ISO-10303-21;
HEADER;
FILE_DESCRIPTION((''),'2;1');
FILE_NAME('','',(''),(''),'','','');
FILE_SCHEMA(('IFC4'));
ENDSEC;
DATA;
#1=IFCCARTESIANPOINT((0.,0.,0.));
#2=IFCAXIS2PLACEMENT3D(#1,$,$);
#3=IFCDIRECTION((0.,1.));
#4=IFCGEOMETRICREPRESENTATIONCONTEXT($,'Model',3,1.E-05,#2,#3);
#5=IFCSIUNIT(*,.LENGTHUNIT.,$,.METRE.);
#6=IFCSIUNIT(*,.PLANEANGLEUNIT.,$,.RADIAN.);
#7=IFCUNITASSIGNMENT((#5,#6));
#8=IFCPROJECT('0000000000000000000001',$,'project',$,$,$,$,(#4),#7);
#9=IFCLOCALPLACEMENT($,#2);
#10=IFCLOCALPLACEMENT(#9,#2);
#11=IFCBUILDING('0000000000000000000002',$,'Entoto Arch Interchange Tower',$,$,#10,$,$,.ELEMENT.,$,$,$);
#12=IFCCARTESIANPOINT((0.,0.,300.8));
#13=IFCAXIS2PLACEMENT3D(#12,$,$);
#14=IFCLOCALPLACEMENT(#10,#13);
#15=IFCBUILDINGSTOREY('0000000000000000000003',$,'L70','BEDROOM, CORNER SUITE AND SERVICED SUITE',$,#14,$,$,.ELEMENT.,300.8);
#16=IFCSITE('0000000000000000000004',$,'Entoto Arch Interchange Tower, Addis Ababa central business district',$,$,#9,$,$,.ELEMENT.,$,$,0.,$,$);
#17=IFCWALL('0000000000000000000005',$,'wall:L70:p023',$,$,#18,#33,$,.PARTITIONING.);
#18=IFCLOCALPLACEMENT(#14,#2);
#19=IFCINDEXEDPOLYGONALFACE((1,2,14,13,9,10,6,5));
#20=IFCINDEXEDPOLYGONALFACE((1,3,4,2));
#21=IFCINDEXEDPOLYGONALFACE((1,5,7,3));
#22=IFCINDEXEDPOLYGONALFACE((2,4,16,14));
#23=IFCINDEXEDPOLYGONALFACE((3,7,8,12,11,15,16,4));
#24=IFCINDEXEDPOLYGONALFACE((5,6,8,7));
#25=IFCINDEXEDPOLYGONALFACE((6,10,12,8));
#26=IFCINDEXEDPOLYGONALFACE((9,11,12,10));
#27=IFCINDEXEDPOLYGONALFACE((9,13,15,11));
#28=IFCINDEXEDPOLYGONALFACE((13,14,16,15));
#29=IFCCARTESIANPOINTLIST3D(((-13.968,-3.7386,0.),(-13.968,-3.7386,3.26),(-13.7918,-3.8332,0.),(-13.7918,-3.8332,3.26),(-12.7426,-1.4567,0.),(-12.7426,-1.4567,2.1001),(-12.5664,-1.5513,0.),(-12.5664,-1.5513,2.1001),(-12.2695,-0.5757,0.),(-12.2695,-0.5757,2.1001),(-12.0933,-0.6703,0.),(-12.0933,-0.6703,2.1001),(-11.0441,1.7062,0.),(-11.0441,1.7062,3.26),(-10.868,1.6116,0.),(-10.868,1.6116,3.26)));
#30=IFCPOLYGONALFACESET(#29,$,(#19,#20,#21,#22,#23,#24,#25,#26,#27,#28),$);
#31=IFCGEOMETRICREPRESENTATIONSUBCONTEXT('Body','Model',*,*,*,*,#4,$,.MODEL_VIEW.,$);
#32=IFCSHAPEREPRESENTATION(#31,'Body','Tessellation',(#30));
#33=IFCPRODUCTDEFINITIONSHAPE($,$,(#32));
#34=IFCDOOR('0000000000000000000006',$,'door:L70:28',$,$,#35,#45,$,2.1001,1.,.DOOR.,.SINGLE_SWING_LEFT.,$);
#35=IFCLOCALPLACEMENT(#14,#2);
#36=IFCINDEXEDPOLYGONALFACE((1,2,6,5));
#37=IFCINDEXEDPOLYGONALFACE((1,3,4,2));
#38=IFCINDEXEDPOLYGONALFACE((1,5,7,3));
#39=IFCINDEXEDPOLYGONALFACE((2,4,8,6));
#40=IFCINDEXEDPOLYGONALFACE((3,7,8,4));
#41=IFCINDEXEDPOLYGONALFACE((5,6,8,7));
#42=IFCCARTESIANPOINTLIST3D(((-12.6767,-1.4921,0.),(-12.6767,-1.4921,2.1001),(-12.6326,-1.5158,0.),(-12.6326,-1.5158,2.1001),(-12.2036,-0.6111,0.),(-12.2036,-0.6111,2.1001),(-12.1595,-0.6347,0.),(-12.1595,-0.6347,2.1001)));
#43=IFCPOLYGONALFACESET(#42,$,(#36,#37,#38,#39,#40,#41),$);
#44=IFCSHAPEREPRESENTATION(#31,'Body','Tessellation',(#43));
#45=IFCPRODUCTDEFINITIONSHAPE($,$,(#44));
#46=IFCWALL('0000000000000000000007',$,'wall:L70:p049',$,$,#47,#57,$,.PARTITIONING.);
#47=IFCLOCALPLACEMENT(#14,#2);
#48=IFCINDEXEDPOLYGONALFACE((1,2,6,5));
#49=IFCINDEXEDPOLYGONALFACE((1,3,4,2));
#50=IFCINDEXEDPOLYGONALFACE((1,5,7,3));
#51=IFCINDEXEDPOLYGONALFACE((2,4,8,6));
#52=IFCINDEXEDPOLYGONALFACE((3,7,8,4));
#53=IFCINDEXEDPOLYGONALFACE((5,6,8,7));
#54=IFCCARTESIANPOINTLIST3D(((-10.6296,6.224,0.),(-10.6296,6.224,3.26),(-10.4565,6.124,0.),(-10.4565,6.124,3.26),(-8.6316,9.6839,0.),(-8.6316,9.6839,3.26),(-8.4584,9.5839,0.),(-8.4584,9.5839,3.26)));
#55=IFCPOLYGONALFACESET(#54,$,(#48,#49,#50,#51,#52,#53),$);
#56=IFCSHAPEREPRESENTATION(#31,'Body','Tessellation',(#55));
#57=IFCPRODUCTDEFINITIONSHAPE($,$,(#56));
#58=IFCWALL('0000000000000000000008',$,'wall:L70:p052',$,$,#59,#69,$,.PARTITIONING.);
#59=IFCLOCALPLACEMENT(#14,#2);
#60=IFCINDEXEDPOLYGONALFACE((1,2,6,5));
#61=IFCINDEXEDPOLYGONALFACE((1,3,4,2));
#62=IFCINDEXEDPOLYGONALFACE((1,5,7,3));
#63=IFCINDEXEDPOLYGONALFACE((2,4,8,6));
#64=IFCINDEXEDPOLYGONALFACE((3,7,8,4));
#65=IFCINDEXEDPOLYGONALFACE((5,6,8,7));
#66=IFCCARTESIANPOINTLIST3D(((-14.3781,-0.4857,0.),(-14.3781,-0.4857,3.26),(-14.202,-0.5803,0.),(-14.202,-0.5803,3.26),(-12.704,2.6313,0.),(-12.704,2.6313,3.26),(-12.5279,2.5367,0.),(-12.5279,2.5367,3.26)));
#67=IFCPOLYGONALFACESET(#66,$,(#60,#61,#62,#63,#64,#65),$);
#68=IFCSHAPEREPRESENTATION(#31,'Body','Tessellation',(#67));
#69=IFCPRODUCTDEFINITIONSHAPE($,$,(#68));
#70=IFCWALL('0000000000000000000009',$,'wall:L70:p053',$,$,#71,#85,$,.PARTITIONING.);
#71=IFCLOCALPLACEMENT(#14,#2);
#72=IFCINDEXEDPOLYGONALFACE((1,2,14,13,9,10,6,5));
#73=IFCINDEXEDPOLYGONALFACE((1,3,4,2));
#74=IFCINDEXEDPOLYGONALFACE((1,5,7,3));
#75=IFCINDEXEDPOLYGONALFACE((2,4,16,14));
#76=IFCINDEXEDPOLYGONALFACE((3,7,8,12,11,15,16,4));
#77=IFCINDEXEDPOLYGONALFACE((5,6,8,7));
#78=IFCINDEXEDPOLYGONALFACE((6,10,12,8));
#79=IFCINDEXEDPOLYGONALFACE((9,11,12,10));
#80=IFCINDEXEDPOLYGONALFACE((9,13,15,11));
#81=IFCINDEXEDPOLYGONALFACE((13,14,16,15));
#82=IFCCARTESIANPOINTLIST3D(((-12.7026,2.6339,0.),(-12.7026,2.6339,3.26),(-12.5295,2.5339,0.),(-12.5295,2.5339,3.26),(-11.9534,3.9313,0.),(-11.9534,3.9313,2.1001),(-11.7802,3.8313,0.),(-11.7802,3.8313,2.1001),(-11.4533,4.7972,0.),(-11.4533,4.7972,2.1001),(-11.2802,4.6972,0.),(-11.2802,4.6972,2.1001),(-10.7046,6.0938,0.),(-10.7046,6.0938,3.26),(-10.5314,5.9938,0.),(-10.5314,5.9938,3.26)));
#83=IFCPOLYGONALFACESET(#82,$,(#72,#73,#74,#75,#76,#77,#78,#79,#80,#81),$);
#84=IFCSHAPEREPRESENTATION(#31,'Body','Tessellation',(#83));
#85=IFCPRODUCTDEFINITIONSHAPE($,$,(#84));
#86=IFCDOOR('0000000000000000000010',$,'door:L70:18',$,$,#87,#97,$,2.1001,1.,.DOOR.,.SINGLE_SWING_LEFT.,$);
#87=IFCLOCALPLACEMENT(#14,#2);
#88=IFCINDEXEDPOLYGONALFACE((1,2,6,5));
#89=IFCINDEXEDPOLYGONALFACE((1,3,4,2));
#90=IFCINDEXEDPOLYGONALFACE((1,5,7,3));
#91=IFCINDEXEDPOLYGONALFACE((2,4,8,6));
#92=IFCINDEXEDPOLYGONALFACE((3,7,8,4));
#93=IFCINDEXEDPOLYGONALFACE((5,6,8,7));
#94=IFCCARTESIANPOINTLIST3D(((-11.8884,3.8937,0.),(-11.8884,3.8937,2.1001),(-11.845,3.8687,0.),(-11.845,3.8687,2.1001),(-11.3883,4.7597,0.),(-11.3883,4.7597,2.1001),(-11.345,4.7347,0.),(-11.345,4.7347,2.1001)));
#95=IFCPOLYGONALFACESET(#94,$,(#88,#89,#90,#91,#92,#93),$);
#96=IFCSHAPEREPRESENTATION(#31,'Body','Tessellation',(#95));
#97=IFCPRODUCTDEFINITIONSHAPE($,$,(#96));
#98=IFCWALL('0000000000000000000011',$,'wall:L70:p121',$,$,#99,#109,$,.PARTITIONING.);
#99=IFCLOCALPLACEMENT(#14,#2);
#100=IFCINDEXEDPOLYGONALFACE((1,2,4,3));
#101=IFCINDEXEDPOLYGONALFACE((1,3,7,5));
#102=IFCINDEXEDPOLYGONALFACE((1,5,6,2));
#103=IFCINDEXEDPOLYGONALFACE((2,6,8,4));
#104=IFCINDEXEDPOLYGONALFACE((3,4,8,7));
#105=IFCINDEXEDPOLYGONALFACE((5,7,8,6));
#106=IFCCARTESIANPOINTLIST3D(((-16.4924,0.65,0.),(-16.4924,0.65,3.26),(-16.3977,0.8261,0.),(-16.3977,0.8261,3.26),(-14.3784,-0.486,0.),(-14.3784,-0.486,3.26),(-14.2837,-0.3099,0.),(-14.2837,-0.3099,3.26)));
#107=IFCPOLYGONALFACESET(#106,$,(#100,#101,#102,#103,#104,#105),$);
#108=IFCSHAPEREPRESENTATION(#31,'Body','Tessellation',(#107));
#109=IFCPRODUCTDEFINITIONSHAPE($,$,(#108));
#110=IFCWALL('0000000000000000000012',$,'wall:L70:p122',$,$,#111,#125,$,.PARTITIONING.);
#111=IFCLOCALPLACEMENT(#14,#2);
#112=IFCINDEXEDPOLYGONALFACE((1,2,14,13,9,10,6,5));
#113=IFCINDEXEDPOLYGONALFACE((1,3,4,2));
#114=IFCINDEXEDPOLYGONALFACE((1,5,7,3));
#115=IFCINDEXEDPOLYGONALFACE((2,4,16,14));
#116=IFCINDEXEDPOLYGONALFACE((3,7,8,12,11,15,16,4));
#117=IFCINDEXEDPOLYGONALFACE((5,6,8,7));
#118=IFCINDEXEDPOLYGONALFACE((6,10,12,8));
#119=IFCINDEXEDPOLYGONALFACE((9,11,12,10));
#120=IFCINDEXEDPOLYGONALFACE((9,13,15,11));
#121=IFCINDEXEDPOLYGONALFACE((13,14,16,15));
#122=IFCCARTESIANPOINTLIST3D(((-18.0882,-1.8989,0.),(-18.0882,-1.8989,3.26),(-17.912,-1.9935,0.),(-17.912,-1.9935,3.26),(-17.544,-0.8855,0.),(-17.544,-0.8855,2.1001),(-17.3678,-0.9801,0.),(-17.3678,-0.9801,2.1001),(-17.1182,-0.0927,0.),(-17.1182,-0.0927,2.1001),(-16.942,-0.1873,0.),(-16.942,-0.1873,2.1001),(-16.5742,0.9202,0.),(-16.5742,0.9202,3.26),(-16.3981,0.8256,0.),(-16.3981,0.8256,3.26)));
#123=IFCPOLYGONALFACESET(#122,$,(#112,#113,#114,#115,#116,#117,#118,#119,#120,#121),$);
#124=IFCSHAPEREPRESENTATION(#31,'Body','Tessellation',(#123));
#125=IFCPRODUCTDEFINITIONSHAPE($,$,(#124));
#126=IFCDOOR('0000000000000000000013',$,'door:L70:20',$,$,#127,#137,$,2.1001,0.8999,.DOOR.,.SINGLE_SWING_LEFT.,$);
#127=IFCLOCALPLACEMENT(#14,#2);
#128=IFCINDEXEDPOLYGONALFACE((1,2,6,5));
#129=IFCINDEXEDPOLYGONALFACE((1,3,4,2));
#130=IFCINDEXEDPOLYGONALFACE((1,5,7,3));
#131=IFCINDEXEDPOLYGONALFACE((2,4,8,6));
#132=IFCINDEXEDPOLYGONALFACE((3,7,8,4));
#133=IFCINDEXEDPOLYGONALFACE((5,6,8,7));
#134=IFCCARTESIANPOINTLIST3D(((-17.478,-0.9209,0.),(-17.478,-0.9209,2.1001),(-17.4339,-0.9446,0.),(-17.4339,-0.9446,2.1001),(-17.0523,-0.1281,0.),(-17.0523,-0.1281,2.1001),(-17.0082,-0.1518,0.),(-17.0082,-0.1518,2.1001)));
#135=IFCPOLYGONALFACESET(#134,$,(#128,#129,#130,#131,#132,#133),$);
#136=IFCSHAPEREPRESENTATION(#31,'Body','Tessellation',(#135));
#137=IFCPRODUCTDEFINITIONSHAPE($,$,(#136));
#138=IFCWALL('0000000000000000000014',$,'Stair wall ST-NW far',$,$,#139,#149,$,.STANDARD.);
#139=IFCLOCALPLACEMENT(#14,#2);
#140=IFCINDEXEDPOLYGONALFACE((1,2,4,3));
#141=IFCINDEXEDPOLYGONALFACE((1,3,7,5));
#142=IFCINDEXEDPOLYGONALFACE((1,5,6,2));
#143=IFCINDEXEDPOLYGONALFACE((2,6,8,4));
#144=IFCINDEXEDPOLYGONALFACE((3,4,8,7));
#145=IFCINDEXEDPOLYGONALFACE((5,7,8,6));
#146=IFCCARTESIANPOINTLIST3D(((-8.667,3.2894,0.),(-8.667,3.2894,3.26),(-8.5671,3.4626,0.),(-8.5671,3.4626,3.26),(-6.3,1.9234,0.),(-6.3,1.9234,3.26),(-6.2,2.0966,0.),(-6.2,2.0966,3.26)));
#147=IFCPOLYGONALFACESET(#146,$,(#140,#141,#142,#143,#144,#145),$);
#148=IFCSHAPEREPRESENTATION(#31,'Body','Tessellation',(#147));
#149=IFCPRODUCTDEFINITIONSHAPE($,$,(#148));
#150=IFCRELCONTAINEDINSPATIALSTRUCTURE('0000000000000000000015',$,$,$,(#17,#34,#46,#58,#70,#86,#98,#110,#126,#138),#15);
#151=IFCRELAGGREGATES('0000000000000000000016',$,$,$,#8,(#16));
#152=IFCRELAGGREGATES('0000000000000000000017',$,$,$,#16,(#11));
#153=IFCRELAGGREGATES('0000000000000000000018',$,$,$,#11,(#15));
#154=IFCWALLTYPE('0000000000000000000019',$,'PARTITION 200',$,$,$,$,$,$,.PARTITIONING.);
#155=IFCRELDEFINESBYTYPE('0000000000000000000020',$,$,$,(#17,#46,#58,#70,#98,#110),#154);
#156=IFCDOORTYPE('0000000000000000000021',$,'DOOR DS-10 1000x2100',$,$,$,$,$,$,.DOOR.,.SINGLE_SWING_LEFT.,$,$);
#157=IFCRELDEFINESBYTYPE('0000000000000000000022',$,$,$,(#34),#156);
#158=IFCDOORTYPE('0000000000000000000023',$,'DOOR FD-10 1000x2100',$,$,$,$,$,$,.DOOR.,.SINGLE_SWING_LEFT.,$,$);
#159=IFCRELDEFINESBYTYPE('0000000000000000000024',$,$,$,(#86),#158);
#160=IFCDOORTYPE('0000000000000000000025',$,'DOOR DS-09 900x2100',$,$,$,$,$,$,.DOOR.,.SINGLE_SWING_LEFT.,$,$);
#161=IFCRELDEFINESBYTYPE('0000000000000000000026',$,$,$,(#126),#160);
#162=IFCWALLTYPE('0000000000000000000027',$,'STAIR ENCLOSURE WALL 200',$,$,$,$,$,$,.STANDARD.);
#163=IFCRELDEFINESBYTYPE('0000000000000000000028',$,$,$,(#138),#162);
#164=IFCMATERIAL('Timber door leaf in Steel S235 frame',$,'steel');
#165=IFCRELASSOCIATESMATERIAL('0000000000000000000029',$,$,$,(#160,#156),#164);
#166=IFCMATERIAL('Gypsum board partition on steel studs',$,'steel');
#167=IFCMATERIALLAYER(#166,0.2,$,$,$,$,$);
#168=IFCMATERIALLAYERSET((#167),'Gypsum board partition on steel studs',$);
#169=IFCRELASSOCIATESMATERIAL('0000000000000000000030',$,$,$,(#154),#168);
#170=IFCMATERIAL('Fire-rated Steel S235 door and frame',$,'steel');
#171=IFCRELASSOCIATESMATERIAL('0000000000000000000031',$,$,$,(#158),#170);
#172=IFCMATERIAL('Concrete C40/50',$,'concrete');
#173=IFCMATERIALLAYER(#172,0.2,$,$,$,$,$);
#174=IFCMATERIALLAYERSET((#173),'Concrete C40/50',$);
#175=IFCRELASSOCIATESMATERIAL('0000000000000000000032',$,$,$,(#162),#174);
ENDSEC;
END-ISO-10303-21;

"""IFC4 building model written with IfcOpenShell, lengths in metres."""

from ifc_helpers import new_model, si_unit, direction, frame, frame_2d, origin, place, context, subcontext, project, spatial, rectangle, extrude, material, layer, layer_set, type_object, element, fill, save


model = new_model("IFC4")

# Units and contexts
model_context = context("Model", 3, precision=1e-05, world=origin(), true_north=direction((0.0, 1.0)))
body_context = subcontext(model_context, "Body", "Model", "MODEL_VIEW")
ifc_project = project(units=[si_unit("LENGTHUNIT", "METRE"), si_unit("PLANEANGLEUNIT", "RADIAN")], contexts=[model_context])

# Site, building, storey
site_placement = place(None, origin())
site = spatial("IfcSite", under=ifc_project, at=site_placement, Name="Entoto Arch Interchange Tower, Addis Ababa central business district", CompositionType="ELEMENT", RefElevation=0.0)
building_placement = place(site_placement, origin())
building = spatial("IfcBuilding", under=site, at=building_placement, Name="Entoto Arch Interchange Tower", CompositionType="ELEMENT")
storey_placement = place(building_placement, frame((0.0, 0.0, 300.8)))
storey = spatial("IfcBuildingStorey", under=building, at=storey_placement, Name="L70", Description="BEDROOM, CORNER SUITE AND SERVICED SUITE", CompositionType="ELEMENT", Elevation=300.8)

# Shared definitions
ifc_material_1 = material(Name="Concrete C40/50", Category="concrete")

# Shared definitions
ifc_material_2 = material(Name="Fire-rated Steel S235 door and frame", Category="steel")

# Shared definitions
ifc_material_3 = material(Name="Gypsum board partition on steel studs", Category="steel")
ifc_material_4 = material(Name="Timber door leaf in Steel S235 frame", Category="steel")
door_type_1 = type_object("IfcDoorType", Name="DOOR DS-09 900x2100", OperationType="SINGLE_SWING_LEFT", PredefinedType="DOOR", material=ifc_material_4)

# Shared definitions
ifc_layer_1 = layer(ifc_material_3, 0.2)
ifc_layer_set_1 = layer_set([ifc_layer_1], Name="Gypsum board partition on steel studs")
wall_type_1 = type_object("IfcWallType", Name="PARTITION 200", PredefinedType="PARTITIONING", material=ifc_layer_set_1)

# Wall, opening, door
wall_1_placement = place(storey_placement, frame((-10.9561, 1.6589, 0.0), z_axis=(0.0, 0.0, 1.0), x_axis=(-0.473096, -0.881011, 0.0)))
wall_1 = element("IfcWall", 1, at=wall_1_placement, inside=storey, type_object=wall_type_1, Name="wall:L70:p023", PredefinedType="PARTITIONING", context=body_context, shape_type="SweptSolid", body=[
    extrude(rectangle(XDim=6.1802, YDim=0.2, at=frame_2d((3.0901, 0.0))), origin(), (0.0, 0.0, 1.0), 3.26),
])
opening_1_placement = place(wall_1_placement, frame((2.5901, 0.0, 0.0)))
opening_1 = element("IfcOpeningElement", 2, at=opening_1_placement, cuts=wall_1, PredefinedType="OPENING", context=body_context, shape_type="SweptSolid", body=[
    extrude(rectangle(XDim=1.0, YDim=2.1001, at=frame_2d((0.5, 1.05))), frame((0.0, 0.1099, 0.0), z_axis=(0.0, -1.0, 0.0), x_axis=(1.0, 0.0, 0.0)), (0.0, 0.0, 1.0), 0.22),
])
door_type_2 = type_object("IfcDoorType", Name="DOOR DS-10 1000x2100", OperationType="SINGLE_SWING_LEFT", PredefinedType="DOOR", material=ifc_material_4)
door_1_placement = place(opening_1_placement, origin())
door_1 = element("IfcDoor", 3, at=door_1_placement, inside=storey, type_object=door_type_2, Name="door:L70:28", OperationType="SINGLE_SWING_LEFT", OverallHeight=2.1001, OverallWidth=1.0, PredefinedType="DOOR", context=body_context, shape_type="SweptSolid", body=[
    extrude(rectangle(XDim=1.0, YDim=2.1001, at=frame_2d((0.5, 1.05))), frame((0.0, 0.0249, 0.0), z_axis=(0.0, -1.0, 0.0), x_axis=(1.0, 0.0, 0.0)), (0.0, 0.0, 1.0), 0.05),
])
fill(opening_1, door_1)

# Walls
wall_2_placement = place(storey_placement, frame((-10.543, 6.1741, 0.0), z_axis=(0.0, 0.0, 1.0), x_axis=(0.500082, 0.865978, 0.0)))
element("IfcWall", 4, at=wall_2_placement, inside=storey, type_object=wall_type_1, Name="wall:L70:p049", PredefinedType="PARTITIONING", context=body_context, shape_type="SweptSolid", body=[
    extrude(rectangle(XDim=3.9954, YDim=0.2, at=frame_2d((1.9976, 0.0))), origin(), (0.0, 0.0, 1.0), 3.26),
])
wall_3_placement = place(storey_placement, frame((-14.29, -0.533, 0.0), z_axis=(0.0, 0.0, 1.0), x_axis=(0.473161, 0.880976, 0.0)))
element("IfcWall", 5, at=wall_3_placement, inside=storey, type_object=wall_type_1, Name="wall:L70:p052", PredefinedType="PARTITIONING", context=body_context, shape_type="SweptSolid", body=[
    extrude(rectangle(XDim=3.5381, YDim=0.2, at=frame_2d((1.769, 0.0))), origin(), (0.0, 0.0, 1.0), 3.26),
])

# Wall, opening, door
wall_4_placement = place(storey_placement, frame((-12.616, 2.584, 0.0), z_axis=(0.0, 0.0, 1.0), x_axis=(0.500082, 0.865978, 0.0)))
wall_4 = element("IfcWall", 6, at=wall_4_placement, inside=storey, type_object=wall_type_1, Name="wall:L70:p053", PredefinedType="PARTITIONING", context=body_context, shape_type="SweptSolid", body=[
    extrude(rectangle(XDim=3.9954, YDim=0.2, at=frame_2d((1.9976, 0.0))), origin(), (0.0, 0.0, 1.0), 3.26),
])
opening_2_placement = place(wall_4_placement, frame((1.498, 0.0, 0.0)))
opening_2 = element("IfcOpeningElement", 7, at=opening_2_placement, cuts=wall_4, PredefinedType="OPENING", context=body_context, shape_type="SweptSolid", body=[
    extrude(rectangle(XDim=1.0, YDim=2.1001, at=frame_2d((0.5, 1.05))), frame((0.0, 0.1099, 0.0), z_axis=(0.0, -1.0, 0.0), x_axis=(1.0, 0.0, 0.0)), (0.0, 0.0, 1.0), 0.22),
])
door_type_3 = type_object("IfcDoorType", Name="DOOR FD-10 1000x2100", OperationType="SINGLE_SWING_LEFT", PredefinedType="DOOR", material=ifc_material_2)
door_2_placement = place(opening_2_placement, origin())
door_2 = element("IfcDoor", 8, at=door_2_placement, inside=storey, type_object=door_type_3, Name="door:L70:18", OperationType="SINGLE_SWING_LEFT", OverallHeight=2.1001, OverallWidth=1.0, PredefinedType="DOOR", context=body_context, shape_type="SweptSolid", body=[
    extrude(rectangle(XDim=1.0, YDim=2.1001, at=frame_2d((0.5, 1.05))), frame((0.0, 0.0249, 0.0), z_axis=(0.0, -1.0, 0.0), x_axis=(1.0, 0.0, 0.0)), (0.0, 0.0, 1.0), 0.05),
])
fill(opening_2, door_2)

# Wall
wall_5_placement = place(storey_placement, frame((-14.3311, -0.3979, 0.0), z_axis=(0.0, 0.0, 1.0), x_axis=(-0.880876, 0.473347, 0.0)))
element("IfcWall", 9, at=wall_5_placement, inside=storey, type_object=wall_type_1, Name="wall:L70:p121", PredefinedType="PARTITIONING", context=body_context, shape_type="SweptSolid", body=[
    extrude(rectangle(XDim=2.3999, YDim=0.2, at=frame_2d((1.2, 0.0))), origin(), (0.0, 0.0, 1.0), 3.26),
])

# Wall, opening, door
wall_6_placement = place(storey_placement, frame((-16.4861, 0.873, 0.0), z_axis=(0.0, 0.0, 1.0), x_axis=(-0.473117, -0.881, 0.0)))
wall_6 = element("IfcWall", 10, at=wall_6_placement, inside=storey, type_object=wall_type_1, Name="wall:L70:p122", PredefinedType="PARTITIONING", context=body_context, shape_type="SweptSolid", body=[
    extrude(rectangle(XDim=3.2, YDim=0.2, at=frame_2d((1.6001, 0.0))), origin(), (0.0, 0.0, 1.0), 3.26),
])
opening_3_placement = place(wall_6_placement, frame((1.1499, 0.0, 0.0)))
opening_3 = element("IfcOpeningElement", 11, at=opening_3_placement, cuts=wall_6, PredefinedType="OPENING", context=body_context, shape_type="SweptSolid", body=[
    extrude(rectangle(XDim=0.8999, YDim=2.1001, at=frame_2d((0.45, 1.05))), frame((0.0, 0.1099, 0.0), z_axis=(0.0, -1.0, 0.0), x_axis=(1.0, 0.0, 0.0)), (0.0, 0.0, 1.0), 0.22),
])
door_3_placement = place(opening_3_placement, origin())
door_3 = element("IfcDoor", 12, at=door_3_placement, inside=storey, type_object=door_type_1, Name="door:L70:20", OperationType="SINGLE_SWING_LEFT", OverallHeight=2.1001, OverallWidth=0.8999, PredefinedType="DOOR", context=body_context, shape_type="SweptSolid", body=[
    extrude(rectangle(XDim=0.8999, YDim=2.1001, at=frame_2d((0.45, 1.05))), frame((0.0, 0.0249, 0.0), z_axis=(0.0, -1.0, 0.0), x_axis=(1.0, 0.0, 0.0)), (0.0, 0.0, 1.0), 0.05),
])
fill(opening_3, door_3)

# Wall
ifc_layer_2 = layer(ifc_material_1, 0.2)
ifc_layer_set_2 = layer_set([ifc_layer_2], Name="Concrete C40/50")
wall_type_2 = type_object("IfcWallType", Name="STAIR ENCLOSURE WALL 200", PredefinedType="STANDARD", material=ifc_layer_set_2)
wall_7_placement = place(storey_placement, frame((-6.25, 2.01, 0.0), z_axis=(0.0, 0.0, 1.0), x_axis=(-0.866119, 0.499838, 0.0)))
element("IfcWall", 13, at=wall_7_placement, inside=storey, type_object=wall_type_2, Name="Stair wall ST-NW far", PredefinedType="STANDARD", context=body_context, shape_type="SweptSolid", body=[
    extrude(rectangle(XDim=2.7329, YDim=0.2, at=frame_2d((1.3665, 0.0))), origin(), (0.0, 0.0, 1.0), 3.26),
])

save(model, "model.ifc")
